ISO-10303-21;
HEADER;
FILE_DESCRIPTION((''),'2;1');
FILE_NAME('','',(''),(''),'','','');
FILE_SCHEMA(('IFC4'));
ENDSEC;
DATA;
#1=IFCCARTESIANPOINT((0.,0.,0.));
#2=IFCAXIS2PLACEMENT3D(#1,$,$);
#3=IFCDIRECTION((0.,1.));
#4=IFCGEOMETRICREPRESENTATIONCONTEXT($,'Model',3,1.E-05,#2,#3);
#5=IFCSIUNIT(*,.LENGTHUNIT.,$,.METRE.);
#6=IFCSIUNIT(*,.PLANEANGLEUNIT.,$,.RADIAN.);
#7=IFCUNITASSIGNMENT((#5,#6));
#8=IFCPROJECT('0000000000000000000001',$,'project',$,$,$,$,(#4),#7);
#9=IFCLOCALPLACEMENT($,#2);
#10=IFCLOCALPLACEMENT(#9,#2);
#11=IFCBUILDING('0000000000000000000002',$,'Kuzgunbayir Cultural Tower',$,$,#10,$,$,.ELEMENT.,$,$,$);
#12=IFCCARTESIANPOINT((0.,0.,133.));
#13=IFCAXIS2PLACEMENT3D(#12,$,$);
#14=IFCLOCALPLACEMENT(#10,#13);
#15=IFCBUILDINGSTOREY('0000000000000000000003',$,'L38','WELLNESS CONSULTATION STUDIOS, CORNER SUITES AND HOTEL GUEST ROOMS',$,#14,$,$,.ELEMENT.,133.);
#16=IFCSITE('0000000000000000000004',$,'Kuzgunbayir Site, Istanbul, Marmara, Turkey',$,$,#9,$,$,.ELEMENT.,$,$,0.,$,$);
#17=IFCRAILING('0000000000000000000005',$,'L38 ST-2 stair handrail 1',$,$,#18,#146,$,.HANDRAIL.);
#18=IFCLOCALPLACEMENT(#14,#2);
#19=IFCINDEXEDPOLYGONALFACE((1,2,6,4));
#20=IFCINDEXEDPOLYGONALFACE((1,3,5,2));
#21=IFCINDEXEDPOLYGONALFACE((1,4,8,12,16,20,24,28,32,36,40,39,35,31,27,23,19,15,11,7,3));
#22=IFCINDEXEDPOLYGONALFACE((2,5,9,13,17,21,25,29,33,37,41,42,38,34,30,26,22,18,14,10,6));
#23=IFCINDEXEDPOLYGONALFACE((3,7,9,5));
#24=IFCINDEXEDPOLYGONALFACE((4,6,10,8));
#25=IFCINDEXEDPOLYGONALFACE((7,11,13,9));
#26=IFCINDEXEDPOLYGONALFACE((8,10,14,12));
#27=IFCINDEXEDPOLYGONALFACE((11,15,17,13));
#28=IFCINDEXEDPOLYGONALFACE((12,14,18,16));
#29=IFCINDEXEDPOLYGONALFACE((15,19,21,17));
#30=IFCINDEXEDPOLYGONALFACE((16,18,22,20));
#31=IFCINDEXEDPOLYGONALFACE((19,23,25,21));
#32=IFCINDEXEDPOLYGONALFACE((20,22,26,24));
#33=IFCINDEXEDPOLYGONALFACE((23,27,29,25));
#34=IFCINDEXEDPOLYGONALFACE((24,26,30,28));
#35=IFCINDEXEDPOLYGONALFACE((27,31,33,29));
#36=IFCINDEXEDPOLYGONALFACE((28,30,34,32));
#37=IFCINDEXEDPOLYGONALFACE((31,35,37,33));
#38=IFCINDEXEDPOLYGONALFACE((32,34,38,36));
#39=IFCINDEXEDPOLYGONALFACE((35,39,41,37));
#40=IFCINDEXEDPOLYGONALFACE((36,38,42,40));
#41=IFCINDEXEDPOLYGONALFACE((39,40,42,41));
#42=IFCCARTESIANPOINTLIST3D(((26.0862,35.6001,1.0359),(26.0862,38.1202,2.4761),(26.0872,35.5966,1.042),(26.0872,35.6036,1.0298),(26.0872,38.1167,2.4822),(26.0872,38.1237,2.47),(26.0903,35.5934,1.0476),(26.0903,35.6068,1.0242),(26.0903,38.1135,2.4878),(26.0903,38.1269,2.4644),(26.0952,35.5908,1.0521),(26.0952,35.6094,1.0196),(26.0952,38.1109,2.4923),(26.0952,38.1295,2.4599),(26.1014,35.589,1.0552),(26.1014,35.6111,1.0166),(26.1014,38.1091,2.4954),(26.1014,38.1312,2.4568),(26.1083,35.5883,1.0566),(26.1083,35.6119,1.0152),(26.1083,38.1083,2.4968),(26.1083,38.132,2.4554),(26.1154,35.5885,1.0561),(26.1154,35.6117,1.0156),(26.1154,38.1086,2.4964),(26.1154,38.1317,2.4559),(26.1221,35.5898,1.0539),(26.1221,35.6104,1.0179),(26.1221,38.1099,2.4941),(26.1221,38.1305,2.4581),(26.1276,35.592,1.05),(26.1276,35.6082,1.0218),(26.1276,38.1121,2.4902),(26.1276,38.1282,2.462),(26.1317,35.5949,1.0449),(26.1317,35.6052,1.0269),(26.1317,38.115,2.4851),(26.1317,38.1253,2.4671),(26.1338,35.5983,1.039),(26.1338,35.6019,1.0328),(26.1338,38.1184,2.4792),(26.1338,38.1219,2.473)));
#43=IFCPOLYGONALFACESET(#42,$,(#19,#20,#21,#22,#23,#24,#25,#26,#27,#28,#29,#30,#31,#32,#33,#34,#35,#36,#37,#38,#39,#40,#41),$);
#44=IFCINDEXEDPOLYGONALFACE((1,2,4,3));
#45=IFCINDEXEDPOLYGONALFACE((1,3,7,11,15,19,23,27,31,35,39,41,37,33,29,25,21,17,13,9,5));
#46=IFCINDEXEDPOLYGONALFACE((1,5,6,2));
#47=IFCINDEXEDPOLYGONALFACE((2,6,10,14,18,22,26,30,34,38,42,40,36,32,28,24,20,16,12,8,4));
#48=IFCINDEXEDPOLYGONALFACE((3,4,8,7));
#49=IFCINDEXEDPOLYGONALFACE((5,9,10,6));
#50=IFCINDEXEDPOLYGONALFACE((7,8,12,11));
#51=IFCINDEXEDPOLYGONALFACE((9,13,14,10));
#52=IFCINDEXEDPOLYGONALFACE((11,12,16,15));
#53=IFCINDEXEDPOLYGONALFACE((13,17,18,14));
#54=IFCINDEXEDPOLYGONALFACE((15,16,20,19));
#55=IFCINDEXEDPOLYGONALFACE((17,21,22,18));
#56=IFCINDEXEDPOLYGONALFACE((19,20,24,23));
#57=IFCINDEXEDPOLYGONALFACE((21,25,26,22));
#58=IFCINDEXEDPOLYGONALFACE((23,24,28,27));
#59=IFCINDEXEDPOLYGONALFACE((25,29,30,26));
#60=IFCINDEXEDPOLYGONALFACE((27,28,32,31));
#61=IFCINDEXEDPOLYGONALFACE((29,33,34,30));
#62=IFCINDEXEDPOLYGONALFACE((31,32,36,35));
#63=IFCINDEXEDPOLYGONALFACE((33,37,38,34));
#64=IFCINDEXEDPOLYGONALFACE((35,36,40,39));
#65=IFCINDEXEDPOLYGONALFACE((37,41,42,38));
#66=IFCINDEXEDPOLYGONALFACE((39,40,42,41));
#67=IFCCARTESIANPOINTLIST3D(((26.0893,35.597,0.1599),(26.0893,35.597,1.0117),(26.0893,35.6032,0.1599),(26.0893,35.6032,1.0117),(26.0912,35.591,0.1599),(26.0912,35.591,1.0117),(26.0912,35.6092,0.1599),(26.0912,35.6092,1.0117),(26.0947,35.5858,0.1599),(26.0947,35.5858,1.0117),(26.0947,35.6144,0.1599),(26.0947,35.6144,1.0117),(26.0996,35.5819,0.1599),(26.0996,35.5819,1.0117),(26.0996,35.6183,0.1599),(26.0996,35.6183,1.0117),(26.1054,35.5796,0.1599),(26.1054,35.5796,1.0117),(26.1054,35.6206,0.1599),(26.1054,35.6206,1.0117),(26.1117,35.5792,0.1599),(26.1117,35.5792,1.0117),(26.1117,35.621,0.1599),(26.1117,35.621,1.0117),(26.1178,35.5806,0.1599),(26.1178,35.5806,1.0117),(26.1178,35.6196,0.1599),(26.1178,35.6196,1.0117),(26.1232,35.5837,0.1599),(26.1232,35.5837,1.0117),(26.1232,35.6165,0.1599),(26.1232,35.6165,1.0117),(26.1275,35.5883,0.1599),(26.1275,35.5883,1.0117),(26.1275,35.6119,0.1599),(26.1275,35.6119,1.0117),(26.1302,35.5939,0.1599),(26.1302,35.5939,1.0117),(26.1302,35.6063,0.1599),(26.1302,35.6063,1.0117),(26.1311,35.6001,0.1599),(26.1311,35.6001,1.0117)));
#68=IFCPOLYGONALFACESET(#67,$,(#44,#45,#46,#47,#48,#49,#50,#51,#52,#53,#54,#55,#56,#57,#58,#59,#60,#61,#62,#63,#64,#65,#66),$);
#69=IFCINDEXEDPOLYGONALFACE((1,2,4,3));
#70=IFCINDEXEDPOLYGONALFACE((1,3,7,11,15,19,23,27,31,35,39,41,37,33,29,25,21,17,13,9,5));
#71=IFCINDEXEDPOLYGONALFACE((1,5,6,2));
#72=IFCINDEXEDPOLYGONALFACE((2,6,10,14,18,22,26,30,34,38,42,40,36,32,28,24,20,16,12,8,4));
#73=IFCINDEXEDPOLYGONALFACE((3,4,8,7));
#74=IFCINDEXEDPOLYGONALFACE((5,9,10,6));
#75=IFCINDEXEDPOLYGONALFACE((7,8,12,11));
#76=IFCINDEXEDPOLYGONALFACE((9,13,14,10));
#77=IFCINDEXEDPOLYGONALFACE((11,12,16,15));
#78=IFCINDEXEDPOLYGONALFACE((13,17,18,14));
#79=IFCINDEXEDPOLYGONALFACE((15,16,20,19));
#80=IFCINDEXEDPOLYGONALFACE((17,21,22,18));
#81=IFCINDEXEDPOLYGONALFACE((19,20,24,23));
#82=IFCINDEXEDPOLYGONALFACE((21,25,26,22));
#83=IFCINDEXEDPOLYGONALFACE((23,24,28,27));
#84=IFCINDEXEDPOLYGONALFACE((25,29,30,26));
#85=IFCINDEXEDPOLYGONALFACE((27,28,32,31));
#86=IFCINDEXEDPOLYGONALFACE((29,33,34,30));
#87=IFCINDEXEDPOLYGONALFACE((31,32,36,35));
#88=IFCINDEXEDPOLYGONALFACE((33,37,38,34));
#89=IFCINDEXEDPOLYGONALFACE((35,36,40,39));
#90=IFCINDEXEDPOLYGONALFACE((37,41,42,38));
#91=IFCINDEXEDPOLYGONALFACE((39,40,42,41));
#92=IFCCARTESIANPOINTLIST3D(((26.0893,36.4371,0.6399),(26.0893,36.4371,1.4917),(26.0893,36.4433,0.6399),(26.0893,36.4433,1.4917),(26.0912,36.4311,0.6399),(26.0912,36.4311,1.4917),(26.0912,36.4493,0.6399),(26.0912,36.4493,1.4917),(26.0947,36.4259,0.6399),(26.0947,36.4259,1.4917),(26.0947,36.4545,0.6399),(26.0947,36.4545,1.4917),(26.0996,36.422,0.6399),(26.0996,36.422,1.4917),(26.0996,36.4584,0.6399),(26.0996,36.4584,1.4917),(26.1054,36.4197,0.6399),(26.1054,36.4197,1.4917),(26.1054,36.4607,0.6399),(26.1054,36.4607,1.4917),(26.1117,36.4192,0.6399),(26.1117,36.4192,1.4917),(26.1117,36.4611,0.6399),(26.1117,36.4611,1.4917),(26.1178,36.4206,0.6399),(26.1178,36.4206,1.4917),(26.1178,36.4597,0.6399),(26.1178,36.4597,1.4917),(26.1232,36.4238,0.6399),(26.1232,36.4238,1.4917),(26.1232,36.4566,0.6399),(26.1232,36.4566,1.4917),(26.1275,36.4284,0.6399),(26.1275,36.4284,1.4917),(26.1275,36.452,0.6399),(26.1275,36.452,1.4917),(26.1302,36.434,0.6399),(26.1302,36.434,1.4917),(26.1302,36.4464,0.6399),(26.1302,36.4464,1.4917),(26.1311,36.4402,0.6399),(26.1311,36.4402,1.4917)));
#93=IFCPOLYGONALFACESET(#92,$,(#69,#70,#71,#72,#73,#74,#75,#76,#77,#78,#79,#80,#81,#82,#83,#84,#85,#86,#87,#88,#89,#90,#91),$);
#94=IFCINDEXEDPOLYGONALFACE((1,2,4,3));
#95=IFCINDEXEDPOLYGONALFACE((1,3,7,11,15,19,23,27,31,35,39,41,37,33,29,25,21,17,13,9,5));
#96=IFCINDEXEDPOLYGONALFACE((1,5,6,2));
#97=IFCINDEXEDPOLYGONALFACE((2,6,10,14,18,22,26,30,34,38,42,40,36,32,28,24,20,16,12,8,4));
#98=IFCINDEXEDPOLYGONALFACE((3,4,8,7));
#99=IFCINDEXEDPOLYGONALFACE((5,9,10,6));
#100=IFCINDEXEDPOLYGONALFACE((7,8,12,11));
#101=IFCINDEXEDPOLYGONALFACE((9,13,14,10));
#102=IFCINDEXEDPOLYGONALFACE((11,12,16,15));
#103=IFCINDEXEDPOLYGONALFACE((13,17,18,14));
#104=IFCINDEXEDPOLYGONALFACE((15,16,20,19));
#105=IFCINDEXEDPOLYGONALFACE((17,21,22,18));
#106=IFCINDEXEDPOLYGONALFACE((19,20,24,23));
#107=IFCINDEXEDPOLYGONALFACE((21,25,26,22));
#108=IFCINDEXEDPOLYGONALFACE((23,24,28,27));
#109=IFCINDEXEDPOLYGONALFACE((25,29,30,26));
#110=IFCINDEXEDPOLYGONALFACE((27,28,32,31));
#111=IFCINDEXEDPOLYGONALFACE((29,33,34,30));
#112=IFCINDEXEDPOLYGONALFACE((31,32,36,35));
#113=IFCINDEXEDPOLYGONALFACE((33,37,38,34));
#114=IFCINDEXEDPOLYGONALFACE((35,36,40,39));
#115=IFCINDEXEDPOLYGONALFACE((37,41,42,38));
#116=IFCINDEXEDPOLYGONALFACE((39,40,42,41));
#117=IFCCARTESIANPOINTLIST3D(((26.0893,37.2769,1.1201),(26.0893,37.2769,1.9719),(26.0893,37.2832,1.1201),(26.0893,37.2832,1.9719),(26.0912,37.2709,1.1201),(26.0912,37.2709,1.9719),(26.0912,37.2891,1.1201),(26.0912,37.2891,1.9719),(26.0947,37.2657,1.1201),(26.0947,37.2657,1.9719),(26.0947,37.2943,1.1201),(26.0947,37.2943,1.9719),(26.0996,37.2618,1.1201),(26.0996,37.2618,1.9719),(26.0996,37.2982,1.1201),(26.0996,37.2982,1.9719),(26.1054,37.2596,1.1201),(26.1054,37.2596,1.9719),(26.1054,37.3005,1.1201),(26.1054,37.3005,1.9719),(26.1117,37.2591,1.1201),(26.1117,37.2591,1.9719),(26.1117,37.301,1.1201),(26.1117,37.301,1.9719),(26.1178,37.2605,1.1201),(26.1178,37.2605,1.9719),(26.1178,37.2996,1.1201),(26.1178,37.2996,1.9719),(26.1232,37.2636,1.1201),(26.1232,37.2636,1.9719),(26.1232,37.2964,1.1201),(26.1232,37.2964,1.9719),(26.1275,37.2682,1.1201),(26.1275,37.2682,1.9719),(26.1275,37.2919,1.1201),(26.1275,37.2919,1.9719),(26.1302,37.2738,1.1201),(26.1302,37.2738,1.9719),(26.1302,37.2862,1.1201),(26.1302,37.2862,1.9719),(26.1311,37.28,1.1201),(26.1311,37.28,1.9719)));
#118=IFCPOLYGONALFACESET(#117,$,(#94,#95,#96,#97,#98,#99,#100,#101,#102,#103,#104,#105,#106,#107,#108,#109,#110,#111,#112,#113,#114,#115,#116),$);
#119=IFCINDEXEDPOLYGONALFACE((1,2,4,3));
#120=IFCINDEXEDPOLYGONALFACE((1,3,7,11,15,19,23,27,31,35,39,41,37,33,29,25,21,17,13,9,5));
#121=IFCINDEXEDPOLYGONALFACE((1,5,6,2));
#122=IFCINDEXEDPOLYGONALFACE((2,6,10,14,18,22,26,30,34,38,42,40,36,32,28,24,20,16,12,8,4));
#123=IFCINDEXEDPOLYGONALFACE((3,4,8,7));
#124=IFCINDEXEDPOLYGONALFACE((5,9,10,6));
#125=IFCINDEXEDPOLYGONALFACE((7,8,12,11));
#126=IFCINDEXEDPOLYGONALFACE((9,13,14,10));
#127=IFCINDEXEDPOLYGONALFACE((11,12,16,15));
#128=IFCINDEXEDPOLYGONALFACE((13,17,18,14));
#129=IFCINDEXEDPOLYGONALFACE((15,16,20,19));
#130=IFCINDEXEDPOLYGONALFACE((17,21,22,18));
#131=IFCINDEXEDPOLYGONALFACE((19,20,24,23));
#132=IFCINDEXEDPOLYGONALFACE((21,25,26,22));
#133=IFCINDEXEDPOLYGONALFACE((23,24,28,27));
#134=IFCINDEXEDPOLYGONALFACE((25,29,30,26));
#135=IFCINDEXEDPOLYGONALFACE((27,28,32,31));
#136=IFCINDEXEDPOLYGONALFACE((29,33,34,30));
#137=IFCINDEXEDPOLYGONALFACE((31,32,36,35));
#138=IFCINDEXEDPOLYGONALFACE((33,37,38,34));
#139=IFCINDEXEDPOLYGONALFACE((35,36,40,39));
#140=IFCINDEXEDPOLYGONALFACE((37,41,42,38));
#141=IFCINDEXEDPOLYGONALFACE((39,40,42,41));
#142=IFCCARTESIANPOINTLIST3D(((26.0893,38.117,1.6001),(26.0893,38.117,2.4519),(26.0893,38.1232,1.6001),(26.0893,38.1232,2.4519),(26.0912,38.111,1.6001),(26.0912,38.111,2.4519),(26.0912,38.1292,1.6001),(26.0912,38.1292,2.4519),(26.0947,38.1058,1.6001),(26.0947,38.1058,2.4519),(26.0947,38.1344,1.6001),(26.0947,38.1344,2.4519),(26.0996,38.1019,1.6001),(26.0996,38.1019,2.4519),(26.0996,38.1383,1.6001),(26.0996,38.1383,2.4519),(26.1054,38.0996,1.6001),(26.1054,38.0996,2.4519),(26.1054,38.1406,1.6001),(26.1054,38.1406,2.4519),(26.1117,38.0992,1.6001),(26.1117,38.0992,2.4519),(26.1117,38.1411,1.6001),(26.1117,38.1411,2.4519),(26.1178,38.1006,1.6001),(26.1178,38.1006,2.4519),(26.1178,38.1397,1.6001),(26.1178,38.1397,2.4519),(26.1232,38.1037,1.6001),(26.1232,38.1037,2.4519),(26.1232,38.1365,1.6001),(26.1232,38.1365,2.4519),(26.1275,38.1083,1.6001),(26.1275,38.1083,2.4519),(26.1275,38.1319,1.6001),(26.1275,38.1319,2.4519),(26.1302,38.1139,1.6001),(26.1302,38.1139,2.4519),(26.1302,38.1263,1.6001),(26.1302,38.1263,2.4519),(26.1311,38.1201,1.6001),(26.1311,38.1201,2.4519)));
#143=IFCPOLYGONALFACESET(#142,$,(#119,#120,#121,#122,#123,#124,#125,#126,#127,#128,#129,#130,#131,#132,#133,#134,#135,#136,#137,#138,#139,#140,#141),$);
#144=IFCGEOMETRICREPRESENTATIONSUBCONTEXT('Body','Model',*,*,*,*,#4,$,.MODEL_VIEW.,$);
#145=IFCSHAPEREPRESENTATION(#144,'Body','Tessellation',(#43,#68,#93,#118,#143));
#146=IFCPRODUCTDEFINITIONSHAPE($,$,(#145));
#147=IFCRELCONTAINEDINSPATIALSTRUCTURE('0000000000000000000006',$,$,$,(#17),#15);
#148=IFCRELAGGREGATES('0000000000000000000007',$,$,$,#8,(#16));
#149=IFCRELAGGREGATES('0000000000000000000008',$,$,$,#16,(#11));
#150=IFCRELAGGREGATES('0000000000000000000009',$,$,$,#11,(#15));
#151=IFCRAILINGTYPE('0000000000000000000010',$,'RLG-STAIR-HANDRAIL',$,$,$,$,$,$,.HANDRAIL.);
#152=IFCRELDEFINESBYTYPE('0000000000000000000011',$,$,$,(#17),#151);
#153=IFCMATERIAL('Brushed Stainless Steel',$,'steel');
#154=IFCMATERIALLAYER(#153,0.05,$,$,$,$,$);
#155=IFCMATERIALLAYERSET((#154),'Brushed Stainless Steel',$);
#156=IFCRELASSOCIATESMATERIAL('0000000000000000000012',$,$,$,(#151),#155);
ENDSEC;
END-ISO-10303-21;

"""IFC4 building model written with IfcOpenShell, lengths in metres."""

from ifc_helpers import new_model, si_unit, direction, frame, origin, origin_2d, place, context, subcontext, project, spatial, circle, extrude, material, layer, layer_set, type_object, element, save


model = new_model("IFC4")

# Units and contexts
model_context = context("Model", 3, precision=1e-05, world=origin(), true_north=direction((0.0, 1.0)))
body_context = subcontext(model_context, "Body", "Model", "MODEL_VIEW")
ifc_project = project(units=[si_unit("LENGTHUNIT", "METRE"), si_unit("PLANEANGLEUNIT", "RADIAN")], contexts=[model_context])

# Site, building, storey
site_placement = place(None, origin())
site = spatial("IfcSite", under=ifc_project, at=site_placement, Name="Kuzgunbayir Site, Istanbul, Marmara, Turkey", CompositionType="ELEMENT", RefElevation=0.0)
building_placement = place(site_placement, origin())
building = spatial("IfcBuilding", under=site, at=building_placement, Name="Kuzgunbayir Cultural Tower", CompositionType="ELEMENT")
storey_placement = place(building_placement, frame((0.0, 0.0, 133.0)))
storey = spatial("IfcBuildingStorey", under=building, at=storey_placement, Name="L38", Description="WELLNESS CONSULTATION STUDIOS, CORNER SUITES AND HOTEL GUEST ROOMS", CompositionType="ELEMENT", Elevation=133.0)

# Shared definitions
ifc_material_1 = material(Name="Brushed Stainless Steel", Category="steel")

# Railing
ifc_layer_1 = layer(ifc_material_1, 0.05)
ifc_layer_set_1 = layer_set([ifc_layer_1], Name="Brushed Stainless Steel")
railing_type_1 = type_object("IfcRailingType", Name="RLG-STAIR-HANDRAIL", PredefinedType="HANDRAIL", material=ifc_layer_set_1)
railing_1_placement = place(storey_placement, frame((26.1101, 35.6001, 0.1599)))
element("IfcRailing", 1, at=railing_1_placement, inside=storey, type_object=railing_type_1, Name="L38 ST-2 stair handrail 1", PredefinedType="HANDRAIL", context=body_context, shape_type="SweptSolid", body=[
    extrude(circle(Radius=0.0239, at=origin_2d()), frame((0.0, 0.0, 0.876), z_axis=(0.0, 0.868217, 0.496184), x_axis=(-1.0, 0.0, 0.0)), (0.0, 0.0, 1.0), 2.9026),
    extrude(circle(Radius=0.021, at=origin_2d()), origin(), (0.0, 0.0, 1.0), 0.8518),
    extrude(circle(Radius=0.021, at=origin_2d()), frame((0.0, 0.8401, 0.48)), (0.0, 0.0, 1.0), 0.8518),
    extrude(circle(Radius=0.021, at=origin_2d()), frame((0.0, 1.6799, 0.9602)), (0.0, 0.0, 1.0), 0.8518),
    extrude(circle(Radius=0.021, at=origin_2d()), frame((0.0, 2.52, 1.4402)), (0.0, 0.0, 1.0), 0.8518),
])

save(model, "model.ifc")
